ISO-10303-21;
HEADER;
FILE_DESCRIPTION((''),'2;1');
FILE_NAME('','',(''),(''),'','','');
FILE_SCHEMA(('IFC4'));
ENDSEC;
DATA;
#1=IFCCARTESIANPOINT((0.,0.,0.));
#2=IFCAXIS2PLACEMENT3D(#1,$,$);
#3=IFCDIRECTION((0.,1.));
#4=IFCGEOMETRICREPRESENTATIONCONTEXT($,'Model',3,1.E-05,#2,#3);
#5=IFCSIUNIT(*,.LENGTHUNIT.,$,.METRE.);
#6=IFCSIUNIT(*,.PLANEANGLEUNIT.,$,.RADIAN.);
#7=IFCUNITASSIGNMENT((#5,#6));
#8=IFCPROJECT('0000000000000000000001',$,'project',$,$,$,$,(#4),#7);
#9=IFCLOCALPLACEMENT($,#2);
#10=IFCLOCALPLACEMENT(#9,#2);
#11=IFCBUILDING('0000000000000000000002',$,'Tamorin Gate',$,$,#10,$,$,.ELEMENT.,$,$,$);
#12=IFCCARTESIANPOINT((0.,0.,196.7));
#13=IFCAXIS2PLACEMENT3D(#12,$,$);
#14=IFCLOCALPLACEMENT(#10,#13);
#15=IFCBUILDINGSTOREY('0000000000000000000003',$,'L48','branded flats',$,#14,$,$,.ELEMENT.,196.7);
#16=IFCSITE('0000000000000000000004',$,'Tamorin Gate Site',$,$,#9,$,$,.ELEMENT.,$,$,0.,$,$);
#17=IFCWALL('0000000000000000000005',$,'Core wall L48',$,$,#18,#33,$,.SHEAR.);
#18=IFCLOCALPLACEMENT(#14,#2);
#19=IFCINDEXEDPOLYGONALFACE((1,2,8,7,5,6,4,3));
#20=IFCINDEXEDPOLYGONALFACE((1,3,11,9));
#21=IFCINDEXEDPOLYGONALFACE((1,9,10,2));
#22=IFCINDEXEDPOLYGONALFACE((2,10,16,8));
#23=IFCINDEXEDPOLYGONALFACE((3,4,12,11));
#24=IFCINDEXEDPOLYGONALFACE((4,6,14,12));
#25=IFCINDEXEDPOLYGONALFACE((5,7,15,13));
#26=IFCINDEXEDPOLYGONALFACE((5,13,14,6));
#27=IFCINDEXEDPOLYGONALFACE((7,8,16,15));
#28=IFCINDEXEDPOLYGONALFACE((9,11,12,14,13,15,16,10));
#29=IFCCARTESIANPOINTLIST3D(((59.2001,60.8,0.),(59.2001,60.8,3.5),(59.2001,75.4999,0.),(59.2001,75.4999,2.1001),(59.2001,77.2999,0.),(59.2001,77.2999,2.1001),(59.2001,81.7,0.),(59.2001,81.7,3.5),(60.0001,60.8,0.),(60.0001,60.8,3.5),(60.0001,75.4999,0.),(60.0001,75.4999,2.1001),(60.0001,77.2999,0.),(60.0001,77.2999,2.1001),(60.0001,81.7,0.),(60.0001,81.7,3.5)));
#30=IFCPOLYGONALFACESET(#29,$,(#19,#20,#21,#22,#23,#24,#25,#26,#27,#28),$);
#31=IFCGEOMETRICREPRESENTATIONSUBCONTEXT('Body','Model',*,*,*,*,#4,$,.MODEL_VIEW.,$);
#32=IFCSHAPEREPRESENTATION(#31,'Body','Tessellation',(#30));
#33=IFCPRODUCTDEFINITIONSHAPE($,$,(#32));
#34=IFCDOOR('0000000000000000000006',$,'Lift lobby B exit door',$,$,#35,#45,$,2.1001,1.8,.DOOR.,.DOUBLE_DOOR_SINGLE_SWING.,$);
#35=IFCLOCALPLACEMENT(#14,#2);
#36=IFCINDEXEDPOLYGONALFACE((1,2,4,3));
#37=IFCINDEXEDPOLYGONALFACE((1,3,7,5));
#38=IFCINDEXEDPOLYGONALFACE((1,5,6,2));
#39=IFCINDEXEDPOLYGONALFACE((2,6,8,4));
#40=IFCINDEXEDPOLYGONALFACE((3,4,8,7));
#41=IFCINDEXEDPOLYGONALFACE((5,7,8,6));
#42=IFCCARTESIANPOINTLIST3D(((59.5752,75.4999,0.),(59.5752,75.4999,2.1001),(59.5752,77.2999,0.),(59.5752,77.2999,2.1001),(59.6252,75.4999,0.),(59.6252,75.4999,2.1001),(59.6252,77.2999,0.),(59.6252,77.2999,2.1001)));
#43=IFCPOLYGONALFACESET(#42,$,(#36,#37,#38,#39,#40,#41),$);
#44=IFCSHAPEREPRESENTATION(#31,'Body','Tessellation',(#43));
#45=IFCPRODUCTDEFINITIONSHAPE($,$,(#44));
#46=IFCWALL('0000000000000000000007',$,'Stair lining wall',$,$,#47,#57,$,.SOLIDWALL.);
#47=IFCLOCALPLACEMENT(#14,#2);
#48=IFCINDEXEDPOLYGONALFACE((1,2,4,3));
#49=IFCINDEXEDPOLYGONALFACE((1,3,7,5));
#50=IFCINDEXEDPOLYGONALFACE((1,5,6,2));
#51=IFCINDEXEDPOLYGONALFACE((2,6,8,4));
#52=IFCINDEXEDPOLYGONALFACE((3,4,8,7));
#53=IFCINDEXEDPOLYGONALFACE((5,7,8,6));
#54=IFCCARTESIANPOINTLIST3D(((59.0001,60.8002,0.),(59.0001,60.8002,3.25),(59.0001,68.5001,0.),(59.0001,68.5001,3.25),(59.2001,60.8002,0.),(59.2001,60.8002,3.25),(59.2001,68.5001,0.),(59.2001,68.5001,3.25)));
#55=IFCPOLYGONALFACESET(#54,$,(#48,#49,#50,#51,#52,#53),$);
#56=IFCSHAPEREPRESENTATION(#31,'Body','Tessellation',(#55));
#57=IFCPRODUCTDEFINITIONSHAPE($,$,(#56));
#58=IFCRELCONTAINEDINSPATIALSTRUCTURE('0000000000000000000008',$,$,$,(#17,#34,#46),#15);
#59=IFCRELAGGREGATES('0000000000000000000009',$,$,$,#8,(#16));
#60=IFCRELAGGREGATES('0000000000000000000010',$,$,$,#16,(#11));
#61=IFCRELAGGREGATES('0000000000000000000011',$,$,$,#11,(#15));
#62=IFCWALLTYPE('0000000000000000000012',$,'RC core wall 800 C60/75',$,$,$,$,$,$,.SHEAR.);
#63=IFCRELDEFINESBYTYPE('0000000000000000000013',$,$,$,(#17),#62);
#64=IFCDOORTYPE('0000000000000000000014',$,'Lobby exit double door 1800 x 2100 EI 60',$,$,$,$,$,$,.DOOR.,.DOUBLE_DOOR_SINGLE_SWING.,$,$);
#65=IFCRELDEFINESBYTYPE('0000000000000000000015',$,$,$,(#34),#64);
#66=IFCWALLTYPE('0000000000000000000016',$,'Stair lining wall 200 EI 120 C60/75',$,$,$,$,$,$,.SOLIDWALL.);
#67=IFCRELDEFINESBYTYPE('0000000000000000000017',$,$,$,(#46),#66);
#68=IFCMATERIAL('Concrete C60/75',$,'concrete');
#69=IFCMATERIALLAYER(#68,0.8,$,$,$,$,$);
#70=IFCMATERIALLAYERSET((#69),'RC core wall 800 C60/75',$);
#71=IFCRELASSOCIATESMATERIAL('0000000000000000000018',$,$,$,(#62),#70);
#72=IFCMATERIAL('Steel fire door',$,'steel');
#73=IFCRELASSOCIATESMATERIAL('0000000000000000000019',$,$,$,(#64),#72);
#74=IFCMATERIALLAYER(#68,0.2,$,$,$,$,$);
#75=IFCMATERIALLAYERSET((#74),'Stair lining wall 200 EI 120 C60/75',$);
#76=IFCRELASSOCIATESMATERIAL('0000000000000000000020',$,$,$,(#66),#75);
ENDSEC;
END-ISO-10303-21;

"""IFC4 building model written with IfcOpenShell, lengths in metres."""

from ifc_helpers import new_model, si_unit, direction, frame, frame_2d, origin, place, context, subcontext, project, spatial, rectangle, extrude, material, layer, layer_set, type_object, element, fill, save


model = new_model("IFC4")

# Units and contexts
model_context = context("Model", 3, precision=1e-05, world=origin(), true_north=direction((0.0, 1.0)))
body_context = subcontext(model_context, "Body", "Model", "MODEL_VIEW")
ifc_project = project(units=[si_unit("LENGTHUNIT", "METRE"), si_unit("PLANEANGLEUNIT", "RADIAN")], contexts=[model_context])

# Site, building, storey
site_placement = place(None, origin())
site = spatial("IfcSite", under=ifc_project, at=site_placement, Name="Tamorin Gate Site", CompositionType="ELEMENT", RefElevation=0.0)
building_placement = place(site_placement, origin())
building = spatial("IfcBuilding", under=site, at=building_placement, Name="Tamorin Gate", CompositionType="ELEMENT")
storey_placement = place(building_placement, frame((0.0, 0.0, 196.7)))
storey = spatial("IfcBuildingStorey", under=building, at=storey_placement, Name="L48", Description="branded flats", CompositionType="ELEMENT", Elevation=196.7)

# Shared definitions
ifc_material_1 = material(Name="Concrete C60/75", Category="concrete")

# Wall, opening, door
ifc_layer_1 = layer(ifc_material_1, 0.8)
ifc_layer_set_1 = layer_set([ifc_layer_1], Name="RC core wall 800 C60/75")
wall_type_1 = type_object("IfcWallType", Name="RC core wall 800 C60/75", PredefinedType="SHEAR", material=ifc_layer_set_1)
wall_1_placement = place(storey_placement, frame((59.6001, 60.8, 0.0), z_axis=(0.0, 0.0, 1.0), x_axis=(0.0, 1.0, 0.0)))
wall_1 = element("IfcWall", 1, at=wall_1_placement, inside=storey, type_object=wall_type_1, Name="Core wall L48", PredefinedType="SHEAR", context=body_context, shape_type="SweptSolid", body=[
    extrude(rectangle(XDim=20.8999, YDim=0.8, at=frame_2d((10.45, 0.0))), origin(), (0.0, 0.0, 1.0), 3.5),
])
opening_1_placement = place(wall_1_placement, frame((14.7, 0.0, 0.0)))
opening_1 = element("IfcOpeningElement", 2, at=opening_1_placement, cuts=wall_1, PredefinedType="OPENING", context=body_context, shape_type="SweptSolid", body=[
    extrude(rectangle(XDim=1.8, YDim=2.1001, at=frame_2d((0.8999, 1.05))), frame((0.0, 0.4099, 0.0), z_axis=(0.0, -1.0, 0.0), x_axis=(1.0, 0.0, 0.0)), (0.0, 0.0, 1.0), 0.8201),
])
ifc_material_2 = material(Name="Steel fire door", Category="steel")
door_type_1 = type_object("IfcDoorType", Name="Lobby exit double door 1800 x 2100 EI 60", OperationType="DOUBLE_DOOR_SINGLE_SWING", PredefinedType="DOOR", material=ifc_material_2)
door_1_placement = place(opening_1_placement, origin())
door_1 = element("IfcDoor", 3, at=door_1_placement, inside=storey, type_object=door_type_1, Name="Lift lobby B exit door", OperationType="DOUBLE_DOOR_SINGLE_SWING", OverallHeight=2.1001, OverallWidth=1.8, PredefinedType="DOOR", context=body_context, shape_type="SweptSolid", body=[
    extrude(rectangle(XDim=1.8, YDim=2.1001, at=frame_2d((0.8999, 1.05))), frame((0.0, 0.0249, 0.0), z_axis=(0.0, -1.0, 0.0), x_axis=(1.0, 0.0, 0.0)), (0.0, 0.0, 1.0), 0.05),
])
fill(opening_1, door_1)

# Wall
ifc_layer_2 = layer(ifc_material_1, 0.2)
ifc_layer_set_2 = layer_set([ifc_layer_2], Name="Stair lining wall 200 EI 120 C60/75")
wall_type_2 = type_object("IfcWallType", Name="Stair lining wall 200 EI 120 C60/75", PredefinedType="SOLIDWALL", material=ifc_layer_set_2)
wall_2_placement = place(storey_placement, frame((59.1001, 60.8, 0.0), z_axis=(0.0, 0.0, 1.0), x_axis=(0.0, 1.0, 0.0)))
element("IfcWall", 4, at=wall_2_placement, inside=storey, type_object=wall_type_2, Name="Stair lining wall", PredefinedType="SOLIDWALL", context=body_context, shape_type="SweptSolid", body=[
    extrude(rectangle(XDim=7.7, YDim=0.2, at=frame_2d((3.8501, 0.0))), origin(), (0.0, 0.0, 1.0), 3.25),
])

save(model, "model.ifc")
